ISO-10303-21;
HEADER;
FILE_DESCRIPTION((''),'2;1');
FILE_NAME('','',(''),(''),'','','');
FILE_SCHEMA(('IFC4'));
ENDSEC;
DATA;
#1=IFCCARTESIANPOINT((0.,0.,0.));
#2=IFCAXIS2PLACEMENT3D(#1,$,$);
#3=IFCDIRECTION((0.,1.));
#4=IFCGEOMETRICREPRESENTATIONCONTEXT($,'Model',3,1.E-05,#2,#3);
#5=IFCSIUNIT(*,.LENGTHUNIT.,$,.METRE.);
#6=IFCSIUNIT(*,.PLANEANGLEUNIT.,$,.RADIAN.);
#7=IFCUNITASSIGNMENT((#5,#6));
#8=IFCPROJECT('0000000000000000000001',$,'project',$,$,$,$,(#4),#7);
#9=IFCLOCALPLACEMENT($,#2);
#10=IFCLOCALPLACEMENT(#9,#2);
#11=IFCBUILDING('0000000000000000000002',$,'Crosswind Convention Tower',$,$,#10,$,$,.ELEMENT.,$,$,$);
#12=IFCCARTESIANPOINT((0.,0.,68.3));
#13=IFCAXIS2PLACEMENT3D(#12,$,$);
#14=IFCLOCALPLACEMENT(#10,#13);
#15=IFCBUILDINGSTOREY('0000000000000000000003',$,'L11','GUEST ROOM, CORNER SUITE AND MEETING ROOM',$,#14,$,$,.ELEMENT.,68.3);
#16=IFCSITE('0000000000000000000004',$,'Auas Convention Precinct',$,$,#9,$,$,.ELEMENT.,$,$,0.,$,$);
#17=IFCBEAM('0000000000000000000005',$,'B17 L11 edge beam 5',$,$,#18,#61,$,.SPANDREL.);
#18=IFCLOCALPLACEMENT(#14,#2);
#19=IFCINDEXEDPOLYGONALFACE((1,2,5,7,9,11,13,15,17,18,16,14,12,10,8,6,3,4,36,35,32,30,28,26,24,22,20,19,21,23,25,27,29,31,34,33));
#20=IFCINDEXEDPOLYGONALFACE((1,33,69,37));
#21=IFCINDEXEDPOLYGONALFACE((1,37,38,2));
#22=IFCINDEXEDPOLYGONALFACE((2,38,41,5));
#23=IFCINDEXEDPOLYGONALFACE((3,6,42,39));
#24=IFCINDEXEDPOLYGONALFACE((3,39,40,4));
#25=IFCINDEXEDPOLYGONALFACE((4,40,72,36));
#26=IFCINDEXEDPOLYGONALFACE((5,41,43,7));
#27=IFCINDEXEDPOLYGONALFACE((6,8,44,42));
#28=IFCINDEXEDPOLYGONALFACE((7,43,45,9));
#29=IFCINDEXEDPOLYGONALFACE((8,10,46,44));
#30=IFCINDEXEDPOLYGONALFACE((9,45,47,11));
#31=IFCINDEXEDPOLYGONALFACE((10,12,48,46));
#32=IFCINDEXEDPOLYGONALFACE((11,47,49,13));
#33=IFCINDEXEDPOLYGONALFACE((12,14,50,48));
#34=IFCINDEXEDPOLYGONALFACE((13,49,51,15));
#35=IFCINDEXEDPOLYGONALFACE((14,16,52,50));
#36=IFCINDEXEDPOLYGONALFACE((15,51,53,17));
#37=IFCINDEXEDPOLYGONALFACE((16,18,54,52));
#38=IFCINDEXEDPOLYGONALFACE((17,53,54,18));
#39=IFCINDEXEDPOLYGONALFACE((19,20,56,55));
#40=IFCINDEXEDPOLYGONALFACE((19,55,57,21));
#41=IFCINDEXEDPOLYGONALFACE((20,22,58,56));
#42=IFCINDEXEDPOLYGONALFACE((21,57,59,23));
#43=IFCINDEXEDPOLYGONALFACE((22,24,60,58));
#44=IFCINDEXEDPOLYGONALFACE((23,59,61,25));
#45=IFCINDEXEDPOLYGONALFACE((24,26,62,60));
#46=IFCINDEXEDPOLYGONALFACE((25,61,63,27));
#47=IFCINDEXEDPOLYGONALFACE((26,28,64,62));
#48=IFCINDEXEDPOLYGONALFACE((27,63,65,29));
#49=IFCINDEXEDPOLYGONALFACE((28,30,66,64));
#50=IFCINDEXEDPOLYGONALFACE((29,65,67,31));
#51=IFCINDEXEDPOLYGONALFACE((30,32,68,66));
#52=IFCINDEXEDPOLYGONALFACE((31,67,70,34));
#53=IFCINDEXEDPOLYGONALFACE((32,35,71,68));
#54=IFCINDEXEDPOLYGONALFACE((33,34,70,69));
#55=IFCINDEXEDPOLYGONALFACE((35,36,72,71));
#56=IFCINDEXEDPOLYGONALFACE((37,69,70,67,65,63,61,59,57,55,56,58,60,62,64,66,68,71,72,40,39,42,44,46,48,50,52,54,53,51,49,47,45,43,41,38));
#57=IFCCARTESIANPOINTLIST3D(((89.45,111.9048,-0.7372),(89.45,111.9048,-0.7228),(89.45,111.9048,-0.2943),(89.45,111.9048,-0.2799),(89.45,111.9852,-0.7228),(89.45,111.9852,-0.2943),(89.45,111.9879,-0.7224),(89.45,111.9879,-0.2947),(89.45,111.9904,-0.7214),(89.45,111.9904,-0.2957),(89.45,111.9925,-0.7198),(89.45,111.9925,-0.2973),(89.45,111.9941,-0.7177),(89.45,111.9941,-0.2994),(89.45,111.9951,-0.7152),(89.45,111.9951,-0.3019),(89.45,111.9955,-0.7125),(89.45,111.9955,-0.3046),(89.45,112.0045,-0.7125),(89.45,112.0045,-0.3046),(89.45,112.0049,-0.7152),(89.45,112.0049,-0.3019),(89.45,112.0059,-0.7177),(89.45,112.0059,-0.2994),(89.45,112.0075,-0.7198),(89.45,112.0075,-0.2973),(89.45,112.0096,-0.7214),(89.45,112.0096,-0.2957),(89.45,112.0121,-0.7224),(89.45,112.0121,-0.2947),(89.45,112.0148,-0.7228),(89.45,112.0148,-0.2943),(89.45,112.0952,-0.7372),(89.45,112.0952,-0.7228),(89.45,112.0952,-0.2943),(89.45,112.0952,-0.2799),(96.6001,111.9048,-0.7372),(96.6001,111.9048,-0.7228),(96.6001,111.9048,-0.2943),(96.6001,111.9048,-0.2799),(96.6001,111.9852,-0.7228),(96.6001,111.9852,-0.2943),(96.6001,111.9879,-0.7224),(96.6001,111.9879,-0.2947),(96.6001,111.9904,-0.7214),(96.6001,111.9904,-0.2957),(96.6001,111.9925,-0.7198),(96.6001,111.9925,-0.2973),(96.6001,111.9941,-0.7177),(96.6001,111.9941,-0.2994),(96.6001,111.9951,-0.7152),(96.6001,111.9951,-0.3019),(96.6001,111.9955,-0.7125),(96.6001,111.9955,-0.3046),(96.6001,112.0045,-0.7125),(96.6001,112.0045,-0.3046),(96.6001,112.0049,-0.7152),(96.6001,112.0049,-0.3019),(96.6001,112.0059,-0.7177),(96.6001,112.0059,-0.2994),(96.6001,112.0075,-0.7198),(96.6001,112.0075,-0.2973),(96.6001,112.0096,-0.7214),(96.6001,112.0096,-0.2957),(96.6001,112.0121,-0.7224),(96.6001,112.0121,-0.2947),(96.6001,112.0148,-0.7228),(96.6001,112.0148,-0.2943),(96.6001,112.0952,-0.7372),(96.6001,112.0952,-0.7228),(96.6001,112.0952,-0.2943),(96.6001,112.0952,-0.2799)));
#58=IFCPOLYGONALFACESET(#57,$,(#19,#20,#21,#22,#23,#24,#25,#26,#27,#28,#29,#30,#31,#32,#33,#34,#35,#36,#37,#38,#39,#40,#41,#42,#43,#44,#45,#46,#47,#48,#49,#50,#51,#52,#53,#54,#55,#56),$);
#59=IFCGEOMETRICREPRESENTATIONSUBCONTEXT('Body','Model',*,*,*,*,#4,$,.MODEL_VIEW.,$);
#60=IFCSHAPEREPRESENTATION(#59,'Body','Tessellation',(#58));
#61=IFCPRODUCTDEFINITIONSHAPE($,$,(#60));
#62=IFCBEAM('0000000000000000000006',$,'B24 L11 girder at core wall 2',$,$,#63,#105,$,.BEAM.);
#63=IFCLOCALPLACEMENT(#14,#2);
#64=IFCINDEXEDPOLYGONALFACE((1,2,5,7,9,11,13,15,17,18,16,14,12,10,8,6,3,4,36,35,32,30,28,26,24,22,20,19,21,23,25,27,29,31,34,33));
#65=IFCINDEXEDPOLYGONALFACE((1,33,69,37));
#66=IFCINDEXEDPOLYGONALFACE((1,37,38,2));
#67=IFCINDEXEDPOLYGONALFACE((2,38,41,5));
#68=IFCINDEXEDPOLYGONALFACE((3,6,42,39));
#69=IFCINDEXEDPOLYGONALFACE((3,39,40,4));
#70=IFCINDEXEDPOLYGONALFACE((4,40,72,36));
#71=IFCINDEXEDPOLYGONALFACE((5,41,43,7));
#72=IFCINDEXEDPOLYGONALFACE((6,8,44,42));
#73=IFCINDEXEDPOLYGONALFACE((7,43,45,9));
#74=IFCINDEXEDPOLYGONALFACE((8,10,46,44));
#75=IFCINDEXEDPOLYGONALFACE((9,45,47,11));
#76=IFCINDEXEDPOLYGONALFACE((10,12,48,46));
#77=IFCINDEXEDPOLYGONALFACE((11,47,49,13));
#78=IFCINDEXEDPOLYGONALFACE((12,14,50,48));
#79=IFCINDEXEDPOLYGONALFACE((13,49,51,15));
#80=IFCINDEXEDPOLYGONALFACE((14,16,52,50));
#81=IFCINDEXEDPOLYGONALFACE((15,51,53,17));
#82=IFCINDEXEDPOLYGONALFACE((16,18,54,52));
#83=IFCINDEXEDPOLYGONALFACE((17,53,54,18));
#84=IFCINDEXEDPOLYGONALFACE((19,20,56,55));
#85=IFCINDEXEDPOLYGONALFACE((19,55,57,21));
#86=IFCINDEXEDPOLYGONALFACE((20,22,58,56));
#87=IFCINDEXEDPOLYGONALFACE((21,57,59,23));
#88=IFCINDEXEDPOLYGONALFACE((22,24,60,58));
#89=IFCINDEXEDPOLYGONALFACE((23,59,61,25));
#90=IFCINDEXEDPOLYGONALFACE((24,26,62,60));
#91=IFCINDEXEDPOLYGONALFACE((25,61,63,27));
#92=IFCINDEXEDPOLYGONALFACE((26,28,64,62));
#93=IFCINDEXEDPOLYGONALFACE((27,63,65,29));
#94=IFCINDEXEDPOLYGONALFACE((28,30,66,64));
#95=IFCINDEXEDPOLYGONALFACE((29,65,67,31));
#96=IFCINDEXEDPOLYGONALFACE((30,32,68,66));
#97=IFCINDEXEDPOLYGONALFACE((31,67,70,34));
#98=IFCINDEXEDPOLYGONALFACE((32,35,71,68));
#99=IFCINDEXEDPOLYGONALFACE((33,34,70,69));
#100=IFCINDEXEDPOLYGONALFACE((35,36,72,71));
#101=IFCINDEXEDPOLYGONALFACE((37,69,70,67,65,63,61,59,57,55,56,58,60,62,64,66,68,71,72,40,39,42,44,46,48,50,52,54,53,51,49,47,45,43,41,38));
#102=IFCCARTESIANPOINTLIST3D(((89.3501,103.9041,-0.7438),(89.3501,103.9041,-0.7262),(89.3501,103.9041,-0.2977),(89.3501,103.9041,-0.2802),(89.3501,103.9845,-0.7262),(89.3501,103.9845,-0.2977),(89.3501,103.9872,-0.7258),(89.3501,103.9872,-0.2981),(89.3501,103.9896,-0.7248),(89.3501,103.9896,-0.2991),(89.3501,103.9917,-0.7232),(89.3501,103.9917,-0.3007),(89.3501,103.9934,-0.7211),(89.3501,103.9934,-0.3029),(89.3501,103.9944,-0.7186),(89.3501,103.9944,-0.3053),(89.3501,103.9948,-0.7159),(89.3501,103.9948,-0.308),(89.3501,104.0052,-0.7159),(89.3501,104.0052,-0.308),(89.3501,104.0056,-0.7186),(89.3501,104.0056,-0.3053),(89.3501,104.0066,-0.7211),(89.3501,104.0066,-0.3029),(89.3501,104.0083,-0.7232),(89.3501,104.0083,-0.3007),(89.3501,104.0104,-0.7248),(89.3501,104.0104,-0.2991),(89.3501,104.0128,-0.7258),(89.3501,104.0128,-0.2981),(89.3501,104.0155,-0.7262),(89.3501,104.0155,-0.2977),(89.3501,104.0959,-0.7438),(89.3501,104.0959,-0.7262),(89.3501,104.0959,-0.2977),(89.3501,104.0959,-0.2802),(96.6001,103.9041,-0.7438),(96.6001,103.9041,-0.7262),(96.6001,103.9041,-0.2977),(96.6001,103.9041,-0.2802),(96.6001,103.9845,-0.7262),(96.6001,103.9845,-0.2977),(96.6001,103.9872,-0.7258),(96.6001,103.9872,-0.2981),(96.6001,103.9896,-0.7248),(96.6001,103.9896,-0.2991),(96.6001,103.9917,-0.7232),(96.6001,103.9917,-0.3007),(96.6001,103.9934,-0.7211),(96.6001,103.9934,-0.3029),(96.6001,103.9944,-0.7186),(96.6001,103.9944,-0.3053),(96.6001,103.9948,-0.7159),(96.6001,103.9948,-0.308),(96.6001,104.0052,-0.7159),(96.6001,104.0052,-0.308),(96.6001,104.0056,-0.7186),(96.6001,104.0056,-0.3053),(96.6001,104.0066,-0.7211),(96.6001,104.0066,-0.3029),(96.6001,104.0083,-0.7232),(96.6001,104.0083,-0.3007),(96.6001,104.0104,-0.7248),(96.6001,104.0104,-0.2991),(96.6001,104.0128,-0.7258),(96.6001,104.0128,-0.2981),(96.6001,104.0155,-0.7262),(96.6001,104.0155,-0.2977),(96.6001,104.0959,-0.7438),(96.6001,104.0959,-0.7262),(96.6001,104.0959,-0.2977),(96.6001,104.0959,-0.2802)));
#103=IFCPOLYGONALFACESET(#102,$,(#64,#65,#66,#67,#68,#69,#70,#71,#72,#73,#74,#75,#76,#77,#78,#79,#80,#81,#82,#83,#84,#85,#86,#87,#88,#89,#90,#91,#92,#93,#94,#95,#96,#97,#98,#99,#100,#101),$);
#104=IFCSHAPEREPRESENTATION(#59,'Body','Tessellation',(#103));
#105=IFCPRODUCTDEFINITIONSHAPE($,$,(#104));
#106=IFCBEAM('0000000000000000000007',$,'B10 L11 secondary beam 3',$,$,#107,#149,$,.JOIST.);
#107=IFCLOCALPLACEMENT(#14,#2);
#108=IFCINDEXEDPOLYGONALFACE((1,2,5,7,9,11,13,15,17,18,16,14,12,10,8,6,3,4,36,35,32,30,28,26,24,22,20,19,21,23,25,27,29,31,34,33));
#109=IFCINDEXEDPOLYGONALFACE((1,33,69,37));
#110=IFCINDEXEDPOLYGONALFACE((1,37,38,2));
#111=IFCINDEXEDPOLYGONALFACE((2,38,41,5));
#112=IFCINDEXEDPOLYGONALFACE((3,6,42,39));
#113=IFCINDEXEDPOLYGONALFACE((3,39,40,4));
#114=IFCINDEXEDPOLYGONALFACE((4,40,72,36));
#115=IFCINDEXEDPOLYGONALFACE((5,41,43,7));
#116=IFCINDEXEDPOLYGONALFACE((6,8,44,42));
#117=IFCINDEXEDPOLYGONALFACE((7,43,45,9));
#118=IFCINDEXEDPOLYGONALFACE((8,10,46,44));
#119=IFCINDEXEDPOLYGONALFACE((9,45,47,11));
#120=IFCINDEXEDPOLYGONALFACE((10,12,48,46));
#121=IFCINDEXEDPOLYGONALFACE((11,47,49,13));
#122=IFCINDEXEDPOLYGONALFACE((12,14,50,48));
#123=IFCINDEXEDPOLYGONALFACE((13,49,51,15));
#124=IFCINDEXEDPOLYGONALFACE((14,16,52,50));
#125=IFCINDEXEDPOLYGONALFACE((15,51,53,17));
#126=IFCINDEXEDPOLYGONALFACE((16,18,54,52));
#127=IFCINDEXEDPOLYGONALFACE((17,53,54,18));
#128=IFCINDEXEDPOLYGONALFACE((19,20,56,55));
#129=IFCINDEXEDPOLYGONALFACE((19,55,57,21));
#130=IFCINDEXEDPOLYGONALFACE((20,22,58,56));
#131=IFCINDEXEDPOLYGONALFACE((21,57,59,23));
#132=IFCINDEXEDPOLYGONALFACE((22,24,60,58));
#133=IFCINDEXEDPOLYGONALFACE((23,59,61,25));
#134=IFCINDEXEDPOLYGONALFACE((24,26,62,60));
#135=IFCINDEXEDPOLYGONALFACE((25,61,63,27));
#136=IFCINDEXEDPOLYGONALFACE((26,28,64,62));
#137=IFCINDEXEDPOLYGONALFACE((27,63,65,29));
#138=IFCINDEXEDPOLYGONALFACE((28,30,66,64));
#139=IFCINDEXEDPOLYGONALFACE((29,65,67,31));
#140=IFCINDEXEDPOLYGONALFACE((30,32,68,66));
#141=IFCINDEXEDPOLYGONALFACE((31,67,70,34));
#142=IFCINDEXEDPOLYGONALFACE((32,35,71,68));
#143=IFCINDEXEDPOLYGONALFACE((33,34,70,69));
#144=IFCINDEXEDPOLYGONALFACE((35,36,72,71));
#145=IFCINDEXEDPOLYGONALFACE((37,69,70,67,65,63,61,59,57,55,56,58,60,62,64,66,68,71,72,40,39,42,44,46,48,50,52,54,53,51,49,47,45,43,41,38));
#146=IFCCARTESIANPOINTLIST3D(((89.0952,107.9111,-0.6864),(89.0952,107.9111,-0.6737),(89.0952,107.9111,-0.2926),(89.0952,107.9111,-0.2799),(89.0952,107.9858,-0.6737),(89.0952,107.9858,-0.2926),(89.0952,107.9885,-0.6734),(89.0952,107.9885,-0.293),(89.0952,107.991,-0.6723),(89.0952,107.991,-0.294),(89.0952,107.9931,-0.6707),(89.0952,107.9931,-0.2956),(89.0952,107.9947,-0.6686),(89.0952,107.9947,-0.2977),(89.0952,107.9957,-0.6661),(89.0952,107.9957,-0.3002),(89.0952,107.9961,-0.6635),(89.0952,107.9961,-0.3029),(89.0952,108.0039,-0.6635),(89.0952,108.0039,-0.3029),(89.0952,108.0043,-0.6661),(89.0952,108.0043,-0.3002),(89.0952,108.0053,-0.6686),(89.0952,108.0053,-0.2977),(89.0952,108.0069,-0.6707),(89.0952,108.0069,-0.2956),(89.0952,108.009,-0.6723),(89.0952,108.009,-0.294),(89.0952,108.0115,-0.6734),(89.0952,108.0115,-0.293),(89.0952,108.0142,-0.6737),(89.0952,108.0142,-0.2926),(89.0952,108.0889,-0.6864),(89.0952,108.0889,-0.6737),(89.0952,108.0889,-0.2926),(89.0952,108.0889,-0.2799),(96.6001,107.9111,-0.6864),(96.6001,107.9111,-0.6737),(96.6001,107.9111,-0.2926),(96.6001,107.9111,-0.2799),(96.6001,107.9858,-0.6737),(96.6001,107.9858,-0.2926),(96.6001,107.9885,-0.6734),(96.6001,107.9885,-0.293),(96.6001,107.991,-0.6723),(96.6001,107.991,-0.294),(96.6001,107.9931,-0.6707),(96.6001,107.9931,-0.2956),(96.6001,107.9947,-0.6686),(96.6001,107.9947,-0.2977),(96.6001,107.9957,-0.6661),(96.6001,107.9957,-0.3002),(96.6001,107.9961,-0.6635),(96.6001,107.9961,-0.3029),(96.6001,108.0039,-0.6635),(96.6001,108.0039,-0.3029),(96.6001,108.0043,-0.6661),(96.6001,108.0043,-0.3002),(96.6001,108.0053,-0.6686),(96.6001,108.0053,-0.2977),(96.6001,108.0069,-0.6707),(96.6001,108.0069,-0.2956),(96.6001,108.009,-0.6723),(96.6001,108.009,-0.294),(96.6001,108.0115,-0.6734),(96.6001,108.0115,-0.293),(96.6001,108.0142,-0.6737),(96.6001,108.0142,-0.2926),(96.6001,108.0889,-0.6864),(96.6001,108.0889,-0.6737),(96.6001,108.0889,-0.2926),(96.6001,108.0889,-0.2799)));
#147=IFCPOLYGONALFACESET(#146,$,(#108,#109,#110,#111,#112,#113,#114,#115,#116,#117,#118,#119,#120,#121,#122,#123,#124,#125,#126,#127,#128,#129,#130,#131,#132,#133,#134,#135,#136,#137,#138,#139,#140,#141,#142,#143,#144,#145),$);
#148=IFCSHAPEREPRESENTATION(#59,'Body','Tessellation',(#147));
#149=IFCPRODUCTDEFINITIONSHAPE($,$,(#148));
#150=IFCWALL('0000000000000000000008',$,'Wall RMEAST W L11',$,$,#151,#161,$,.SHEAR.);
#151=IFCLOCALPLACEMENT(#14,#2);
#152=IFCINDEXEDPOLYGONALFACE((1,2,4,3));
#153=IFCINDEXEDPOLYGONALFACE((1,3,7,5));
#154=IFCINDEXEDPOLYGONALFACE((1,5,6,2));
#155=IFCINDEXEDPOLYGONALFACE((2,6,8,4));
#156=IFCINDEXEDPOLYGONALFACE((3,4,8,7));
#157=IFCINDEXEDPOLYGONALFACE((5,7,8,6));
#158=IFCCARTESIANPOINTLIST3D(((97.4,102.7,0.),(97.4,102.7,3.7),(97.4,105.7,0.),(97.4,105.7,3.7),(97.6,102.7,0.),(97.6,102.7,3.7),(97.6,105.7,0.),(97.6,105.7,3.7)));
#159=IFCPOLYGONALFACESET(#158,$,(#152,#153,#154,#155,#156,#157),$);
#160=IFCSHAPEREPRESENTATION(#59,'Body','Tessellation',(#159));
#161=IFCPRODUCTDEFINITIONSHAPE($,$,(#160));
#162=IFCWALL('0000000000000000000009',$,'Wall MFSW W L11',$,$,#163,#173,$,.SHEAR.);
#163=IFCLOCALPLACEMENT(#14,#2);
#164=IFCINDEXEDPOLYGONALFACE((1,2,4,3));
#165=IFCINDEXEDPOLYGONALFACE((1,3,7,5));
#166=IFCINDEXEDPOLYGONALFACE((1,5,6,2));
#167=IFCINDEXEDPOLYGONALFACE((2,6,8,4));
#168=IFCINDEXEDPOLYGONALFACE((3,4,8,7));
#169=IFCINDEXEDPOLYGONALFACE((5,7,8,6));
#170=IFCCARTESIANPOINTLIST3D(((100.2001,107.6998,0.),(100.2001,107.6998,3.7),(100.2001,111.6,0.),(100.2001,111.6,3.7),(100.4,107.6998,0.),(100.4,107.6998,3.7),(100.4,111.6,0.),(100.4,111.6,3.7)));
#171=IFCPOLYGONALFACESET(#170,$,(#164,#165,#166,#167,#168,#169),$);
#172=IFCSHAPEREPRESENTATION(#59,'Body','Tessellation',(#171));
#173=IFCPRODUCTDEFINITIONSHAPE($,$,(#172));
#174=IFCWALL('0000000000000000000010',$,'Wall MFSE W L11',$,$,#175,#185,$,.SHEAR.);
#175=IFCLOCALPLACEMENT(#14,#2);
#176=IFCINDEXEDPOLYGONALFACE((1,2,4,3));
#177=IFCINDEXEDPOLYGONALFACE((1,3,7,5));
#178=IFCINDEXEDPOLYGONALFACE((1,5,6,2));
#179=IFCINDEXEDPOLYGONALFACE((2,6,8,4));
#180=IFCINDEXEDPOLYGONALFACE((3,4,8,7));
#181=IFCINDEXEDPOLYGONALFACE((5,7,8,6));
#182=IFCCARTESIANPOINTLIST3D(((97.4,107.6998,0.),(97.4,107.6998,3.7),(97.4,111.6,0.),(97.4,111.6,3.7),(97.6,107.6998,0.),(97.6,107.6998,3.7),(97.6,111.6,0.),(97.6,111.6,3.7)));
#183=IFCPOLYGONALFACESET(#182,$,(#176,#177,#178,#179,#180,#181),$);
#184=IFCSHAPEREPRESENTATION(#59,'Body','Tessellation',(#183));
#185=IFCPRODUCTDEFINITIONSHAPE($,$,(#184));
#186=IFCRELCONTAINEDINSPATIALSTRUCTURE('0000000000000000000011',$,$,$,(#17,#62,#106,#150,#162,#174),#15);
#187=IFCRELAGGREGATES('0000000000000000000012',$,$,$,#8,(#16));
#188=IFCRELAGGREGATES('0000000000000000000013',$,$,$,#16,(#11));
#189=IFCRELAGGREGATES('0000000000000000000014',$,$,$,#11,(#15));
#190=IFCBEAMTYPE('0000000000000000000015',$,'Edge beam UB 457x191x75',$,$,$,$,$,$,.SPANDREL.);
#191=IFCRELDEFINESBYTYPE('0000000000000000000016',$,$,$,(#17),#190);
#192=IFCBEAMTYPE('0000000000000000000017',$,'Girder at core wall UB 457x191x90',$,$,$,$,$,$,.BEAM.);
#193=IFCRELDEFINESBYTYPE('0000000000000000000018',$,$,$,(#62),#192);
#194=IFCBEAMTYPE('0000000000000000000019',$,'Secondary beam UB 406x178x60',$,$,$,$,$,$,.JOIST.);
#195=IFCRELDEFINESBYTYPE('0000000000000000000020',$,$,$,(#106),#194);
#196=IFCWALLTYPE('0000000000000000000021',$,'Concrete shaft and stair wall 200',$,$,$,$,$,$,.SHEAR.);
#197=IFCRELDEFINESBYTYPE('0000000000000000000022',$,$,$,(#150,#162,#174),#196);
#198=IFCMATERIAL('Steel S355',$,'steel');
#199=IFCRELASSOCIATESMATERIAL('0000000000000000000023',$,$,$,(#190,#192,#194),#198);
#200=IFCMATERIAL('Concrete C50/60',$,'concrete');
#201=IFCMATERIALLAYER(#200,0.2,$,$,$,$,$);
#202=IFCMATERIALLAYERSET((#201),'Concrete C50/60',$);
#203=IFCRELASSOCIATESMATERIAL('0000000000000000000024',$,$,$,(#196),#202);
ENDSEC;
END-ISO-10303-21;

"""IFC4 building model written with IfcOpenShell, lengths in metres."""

from ifc_helpers import new_model, si_unit, direction, frame, frame_2d, origin, origin_2d, place, context, subcontext, project, spatial, rectangle, i_section, extrude, material, layer, layer_set, material_profile, profile_set, type_object, element, save


model = new_model("IFC4")

# Units and contexts
model_context = context("Model", 3, precision=1e-05, world=origin(), true_north=direction((0.0, 1.0)))
body_context = subcontext(model_context, "Body", "Model", "MODEL_VIEW")
ifc_project = project(units=[si_unit("LENGTHUNIT", "METRE"), si_unit("PLANEANGLEUNIT", "RADIAN")], contexts=[model_context])

# Site, building, storey
site_placement = place(None, origin())
site = spatial("IfcSite", under=ifc_project, at=site_placement, Name="Auas Convention Precinct", CompositionType="ELEMENT", RefElevation=0.0)
building_placement = place(site_placement, origin())
building = spatial("IfcBuilding", under=site, at=building_placement, Name="Crosswind Convention Tower", CompositionType="ELEMENT")
storey_placement = place(building_placement, frame((0.0, 0.0, 68.3)))
storey = spatial("IfcBuildingStorey", under=building, at=storey_placement, Name="L11", Description="GUEST ROOM, CORNER SUITE AND MEETING ROOM", CompositionType="ELEMENT", Elevation=68.3)

# Beams
ifc_material_1 = material(Name="Steel S355", Category="steel")
ifc_material_profile_1 = material_profile(ifc_material_1, i_section(OverallWidth=0.1904, OverallDepth=0.4573, WebThickness=0.009, FlangeThickness=0.0144, FilletRadius=0.0103, at=origin_2d()), Name="UB 457x191x75")
ifc_profile_set_1 = profile_set([ifc_material_profile_1], Name="Steel S355")
beam_type_1 = type_object("IfcBeamType", Name="Edge beam UB 457x191x75", PredefinedType="SPANDREL", material=ifc_profile_set_1)
beam_1_placement = place(storey_placement, frame((89.45, 112.0, -0.5085), z_axis=(1.0, 0.0, 0.0), x_axis=(0.0, 1.0, 0.0)))
element("IfcBeam", 1, at=beam_1_placement, inside=storey, type_object=beam_type_1, Name="B17 L11 edge beam 5", PredefinedType="SPANDREL", context=body_context, shape_type="SweptSolid", body=[
    extrude(i_section(OverallWidth=0.1904, OverallDepth=0.4573, WebThickness=0.009, FlangeThickness=0.0144, FilletRadius=0.0103, at=origin_2d()), origin(), (0.0, 0.0, 1.0), 7.1501),
])
ifc_material_profile_2 = material_profile(ifc_material_1, i_section(OverallWidth=0.1919, OverallDepth=0.4636, WebThickness=0.0105, FlangeThickness=0.0176, FilletRadius=0.0103, at=origin_2d()), Name="UB 457x191x90")
ifc_profile_set_2 = profile_set([ifc_material_profile_2], Name="Steel S355")
beam_type_2 = type_object("IfcBeamType", Name="Girder at core wall UB 457x191x90", PredefinedType="BEAM", material=ifc_profile_set_2)
beam_2_placement = place(storey_placement, frame((89.3501, 104.0, -0.512), z_axis=(1.0, 0.0, 0.0), x_axis=(0.0, 1.0, 0.0)))
element("IfcBeam", 2, at=beam_2_placement, inside=storey, type_object=beam_type_2, Name="B24 L11 girder at core wall 2", PredefinedType="BEAM", context=body_context, shape_type="SweptSolid", body=[
    extrude(i_section(OverallWidth=0.1919, OverallDepth=0.4636, WebThickness=0.0105, FlangeThickness=0.0176, FilletRadius=0.0103, at=origin_2d()), origin(), (0.0, 0.0, 1.0), 7.25),
])
ifc_material_profile_3 = material_profile(ifc_material_1, i_section(OverallWidth=0.1777, OverallDepth=0.4065, WebThickness=0.0078, FlangeThickness=0.0127, FilletRadius=0.0103, at=origin_2d()), Name="UB 406x178x60")
ifc_profile_set_3 = profile_set([ifc_material_profile_3], Name="Steel S355")
beam_type_3 = type_object("IfcBeamType", Name="Secondary beam UB 406x178x60", PredefinedType="JOIST", material=ifc_profile_set_3)
beam_3_placement = place(storey_placement, frame((89.0952, 108.0, -0.4832), z_axis=(1.0, 0.0, 0.0), x_axis=(0.0, 1.0, 0.0)))
element("IfcBeam", 3, at=beam_3_placement, inside=storey, type_object=beam_type_3, Name="B10 L11 secondary beam 3", PredefinedType="JOIST", context=body_context, shape_type="SweptSolid", body=[
    extrude(i_section(OverallWidth=0.1777, OverallDepth=0.4065, WebThickness=0.0078, FlangeThickness=0.0127, FilletRadius=0.0103, at=origin_2d()), origin(), (0.0, 0.0, 1.0), 7.5049),
])

# Walls
ifc_material_2 = material(Name="Concrete C50/60", Category="concrete")
ifc_layer_1 = layer(ifc_material_2, 0.2)
ifc_layer_set_1 = layer_set([ifc_layer_1], Name="Concrete C50/60")
wall_type_1 = type_object("IfcWallType", Name="Concrete shaft and stair wall 200", PredefinedType="SHEAR", material=ifc_layer_set_1)
wall_1_placement = place(storey_placement, frame((97.5, 105.7, 0.0), z_axis=(0.0, 0.0, 1.0), x_axis=(0.0, -1.0, 0.0)))
element("IfcWall", 4, at=wall_1_placement, inside=storey, type_object=wall_type_1, Name="Wall RMEAST W L11", PredefinedType="SHEAR", context=body_context, shape_type="SweptSolid", body=[
    extrude(rectangle(XDim=3.0, YDim=0.2, at=frame_2d((1.5, 0.0))), origin(), (0.0, 0.0, 1.0), 3.7),
])
for number, where, z_axis, x_axis, name in (
    (5, (100.3, 111.6001, 0.0), (0.0, 0.0, 1.0), (0.0, -1.0, 0.0), "Wall MFSW W L11"),
    (6, (97.5, 111.6001, 0.0), (0.0, 0.0, 1.0), (0.0, -1.0, 0.0), "Wall MFSE W L11"),
):
    element("IfcWall", number, at=place(storey_placement, frame(where, z_axis=z_axis, x_axis=x_axis)), inside=storey, type_object=wall_type_1, Name=name, PredefinedType="SHEAR", context=body_context, shape_type="SweptSolid", body=[
        extrude(rectangle(XDim=3.9001, YDim=0.2, at=frame_2d((1.9502, 0.0))), origin(), (0.0, 0.0, 1.0), 3.7),
    ])

save(model, "model.ifc")
